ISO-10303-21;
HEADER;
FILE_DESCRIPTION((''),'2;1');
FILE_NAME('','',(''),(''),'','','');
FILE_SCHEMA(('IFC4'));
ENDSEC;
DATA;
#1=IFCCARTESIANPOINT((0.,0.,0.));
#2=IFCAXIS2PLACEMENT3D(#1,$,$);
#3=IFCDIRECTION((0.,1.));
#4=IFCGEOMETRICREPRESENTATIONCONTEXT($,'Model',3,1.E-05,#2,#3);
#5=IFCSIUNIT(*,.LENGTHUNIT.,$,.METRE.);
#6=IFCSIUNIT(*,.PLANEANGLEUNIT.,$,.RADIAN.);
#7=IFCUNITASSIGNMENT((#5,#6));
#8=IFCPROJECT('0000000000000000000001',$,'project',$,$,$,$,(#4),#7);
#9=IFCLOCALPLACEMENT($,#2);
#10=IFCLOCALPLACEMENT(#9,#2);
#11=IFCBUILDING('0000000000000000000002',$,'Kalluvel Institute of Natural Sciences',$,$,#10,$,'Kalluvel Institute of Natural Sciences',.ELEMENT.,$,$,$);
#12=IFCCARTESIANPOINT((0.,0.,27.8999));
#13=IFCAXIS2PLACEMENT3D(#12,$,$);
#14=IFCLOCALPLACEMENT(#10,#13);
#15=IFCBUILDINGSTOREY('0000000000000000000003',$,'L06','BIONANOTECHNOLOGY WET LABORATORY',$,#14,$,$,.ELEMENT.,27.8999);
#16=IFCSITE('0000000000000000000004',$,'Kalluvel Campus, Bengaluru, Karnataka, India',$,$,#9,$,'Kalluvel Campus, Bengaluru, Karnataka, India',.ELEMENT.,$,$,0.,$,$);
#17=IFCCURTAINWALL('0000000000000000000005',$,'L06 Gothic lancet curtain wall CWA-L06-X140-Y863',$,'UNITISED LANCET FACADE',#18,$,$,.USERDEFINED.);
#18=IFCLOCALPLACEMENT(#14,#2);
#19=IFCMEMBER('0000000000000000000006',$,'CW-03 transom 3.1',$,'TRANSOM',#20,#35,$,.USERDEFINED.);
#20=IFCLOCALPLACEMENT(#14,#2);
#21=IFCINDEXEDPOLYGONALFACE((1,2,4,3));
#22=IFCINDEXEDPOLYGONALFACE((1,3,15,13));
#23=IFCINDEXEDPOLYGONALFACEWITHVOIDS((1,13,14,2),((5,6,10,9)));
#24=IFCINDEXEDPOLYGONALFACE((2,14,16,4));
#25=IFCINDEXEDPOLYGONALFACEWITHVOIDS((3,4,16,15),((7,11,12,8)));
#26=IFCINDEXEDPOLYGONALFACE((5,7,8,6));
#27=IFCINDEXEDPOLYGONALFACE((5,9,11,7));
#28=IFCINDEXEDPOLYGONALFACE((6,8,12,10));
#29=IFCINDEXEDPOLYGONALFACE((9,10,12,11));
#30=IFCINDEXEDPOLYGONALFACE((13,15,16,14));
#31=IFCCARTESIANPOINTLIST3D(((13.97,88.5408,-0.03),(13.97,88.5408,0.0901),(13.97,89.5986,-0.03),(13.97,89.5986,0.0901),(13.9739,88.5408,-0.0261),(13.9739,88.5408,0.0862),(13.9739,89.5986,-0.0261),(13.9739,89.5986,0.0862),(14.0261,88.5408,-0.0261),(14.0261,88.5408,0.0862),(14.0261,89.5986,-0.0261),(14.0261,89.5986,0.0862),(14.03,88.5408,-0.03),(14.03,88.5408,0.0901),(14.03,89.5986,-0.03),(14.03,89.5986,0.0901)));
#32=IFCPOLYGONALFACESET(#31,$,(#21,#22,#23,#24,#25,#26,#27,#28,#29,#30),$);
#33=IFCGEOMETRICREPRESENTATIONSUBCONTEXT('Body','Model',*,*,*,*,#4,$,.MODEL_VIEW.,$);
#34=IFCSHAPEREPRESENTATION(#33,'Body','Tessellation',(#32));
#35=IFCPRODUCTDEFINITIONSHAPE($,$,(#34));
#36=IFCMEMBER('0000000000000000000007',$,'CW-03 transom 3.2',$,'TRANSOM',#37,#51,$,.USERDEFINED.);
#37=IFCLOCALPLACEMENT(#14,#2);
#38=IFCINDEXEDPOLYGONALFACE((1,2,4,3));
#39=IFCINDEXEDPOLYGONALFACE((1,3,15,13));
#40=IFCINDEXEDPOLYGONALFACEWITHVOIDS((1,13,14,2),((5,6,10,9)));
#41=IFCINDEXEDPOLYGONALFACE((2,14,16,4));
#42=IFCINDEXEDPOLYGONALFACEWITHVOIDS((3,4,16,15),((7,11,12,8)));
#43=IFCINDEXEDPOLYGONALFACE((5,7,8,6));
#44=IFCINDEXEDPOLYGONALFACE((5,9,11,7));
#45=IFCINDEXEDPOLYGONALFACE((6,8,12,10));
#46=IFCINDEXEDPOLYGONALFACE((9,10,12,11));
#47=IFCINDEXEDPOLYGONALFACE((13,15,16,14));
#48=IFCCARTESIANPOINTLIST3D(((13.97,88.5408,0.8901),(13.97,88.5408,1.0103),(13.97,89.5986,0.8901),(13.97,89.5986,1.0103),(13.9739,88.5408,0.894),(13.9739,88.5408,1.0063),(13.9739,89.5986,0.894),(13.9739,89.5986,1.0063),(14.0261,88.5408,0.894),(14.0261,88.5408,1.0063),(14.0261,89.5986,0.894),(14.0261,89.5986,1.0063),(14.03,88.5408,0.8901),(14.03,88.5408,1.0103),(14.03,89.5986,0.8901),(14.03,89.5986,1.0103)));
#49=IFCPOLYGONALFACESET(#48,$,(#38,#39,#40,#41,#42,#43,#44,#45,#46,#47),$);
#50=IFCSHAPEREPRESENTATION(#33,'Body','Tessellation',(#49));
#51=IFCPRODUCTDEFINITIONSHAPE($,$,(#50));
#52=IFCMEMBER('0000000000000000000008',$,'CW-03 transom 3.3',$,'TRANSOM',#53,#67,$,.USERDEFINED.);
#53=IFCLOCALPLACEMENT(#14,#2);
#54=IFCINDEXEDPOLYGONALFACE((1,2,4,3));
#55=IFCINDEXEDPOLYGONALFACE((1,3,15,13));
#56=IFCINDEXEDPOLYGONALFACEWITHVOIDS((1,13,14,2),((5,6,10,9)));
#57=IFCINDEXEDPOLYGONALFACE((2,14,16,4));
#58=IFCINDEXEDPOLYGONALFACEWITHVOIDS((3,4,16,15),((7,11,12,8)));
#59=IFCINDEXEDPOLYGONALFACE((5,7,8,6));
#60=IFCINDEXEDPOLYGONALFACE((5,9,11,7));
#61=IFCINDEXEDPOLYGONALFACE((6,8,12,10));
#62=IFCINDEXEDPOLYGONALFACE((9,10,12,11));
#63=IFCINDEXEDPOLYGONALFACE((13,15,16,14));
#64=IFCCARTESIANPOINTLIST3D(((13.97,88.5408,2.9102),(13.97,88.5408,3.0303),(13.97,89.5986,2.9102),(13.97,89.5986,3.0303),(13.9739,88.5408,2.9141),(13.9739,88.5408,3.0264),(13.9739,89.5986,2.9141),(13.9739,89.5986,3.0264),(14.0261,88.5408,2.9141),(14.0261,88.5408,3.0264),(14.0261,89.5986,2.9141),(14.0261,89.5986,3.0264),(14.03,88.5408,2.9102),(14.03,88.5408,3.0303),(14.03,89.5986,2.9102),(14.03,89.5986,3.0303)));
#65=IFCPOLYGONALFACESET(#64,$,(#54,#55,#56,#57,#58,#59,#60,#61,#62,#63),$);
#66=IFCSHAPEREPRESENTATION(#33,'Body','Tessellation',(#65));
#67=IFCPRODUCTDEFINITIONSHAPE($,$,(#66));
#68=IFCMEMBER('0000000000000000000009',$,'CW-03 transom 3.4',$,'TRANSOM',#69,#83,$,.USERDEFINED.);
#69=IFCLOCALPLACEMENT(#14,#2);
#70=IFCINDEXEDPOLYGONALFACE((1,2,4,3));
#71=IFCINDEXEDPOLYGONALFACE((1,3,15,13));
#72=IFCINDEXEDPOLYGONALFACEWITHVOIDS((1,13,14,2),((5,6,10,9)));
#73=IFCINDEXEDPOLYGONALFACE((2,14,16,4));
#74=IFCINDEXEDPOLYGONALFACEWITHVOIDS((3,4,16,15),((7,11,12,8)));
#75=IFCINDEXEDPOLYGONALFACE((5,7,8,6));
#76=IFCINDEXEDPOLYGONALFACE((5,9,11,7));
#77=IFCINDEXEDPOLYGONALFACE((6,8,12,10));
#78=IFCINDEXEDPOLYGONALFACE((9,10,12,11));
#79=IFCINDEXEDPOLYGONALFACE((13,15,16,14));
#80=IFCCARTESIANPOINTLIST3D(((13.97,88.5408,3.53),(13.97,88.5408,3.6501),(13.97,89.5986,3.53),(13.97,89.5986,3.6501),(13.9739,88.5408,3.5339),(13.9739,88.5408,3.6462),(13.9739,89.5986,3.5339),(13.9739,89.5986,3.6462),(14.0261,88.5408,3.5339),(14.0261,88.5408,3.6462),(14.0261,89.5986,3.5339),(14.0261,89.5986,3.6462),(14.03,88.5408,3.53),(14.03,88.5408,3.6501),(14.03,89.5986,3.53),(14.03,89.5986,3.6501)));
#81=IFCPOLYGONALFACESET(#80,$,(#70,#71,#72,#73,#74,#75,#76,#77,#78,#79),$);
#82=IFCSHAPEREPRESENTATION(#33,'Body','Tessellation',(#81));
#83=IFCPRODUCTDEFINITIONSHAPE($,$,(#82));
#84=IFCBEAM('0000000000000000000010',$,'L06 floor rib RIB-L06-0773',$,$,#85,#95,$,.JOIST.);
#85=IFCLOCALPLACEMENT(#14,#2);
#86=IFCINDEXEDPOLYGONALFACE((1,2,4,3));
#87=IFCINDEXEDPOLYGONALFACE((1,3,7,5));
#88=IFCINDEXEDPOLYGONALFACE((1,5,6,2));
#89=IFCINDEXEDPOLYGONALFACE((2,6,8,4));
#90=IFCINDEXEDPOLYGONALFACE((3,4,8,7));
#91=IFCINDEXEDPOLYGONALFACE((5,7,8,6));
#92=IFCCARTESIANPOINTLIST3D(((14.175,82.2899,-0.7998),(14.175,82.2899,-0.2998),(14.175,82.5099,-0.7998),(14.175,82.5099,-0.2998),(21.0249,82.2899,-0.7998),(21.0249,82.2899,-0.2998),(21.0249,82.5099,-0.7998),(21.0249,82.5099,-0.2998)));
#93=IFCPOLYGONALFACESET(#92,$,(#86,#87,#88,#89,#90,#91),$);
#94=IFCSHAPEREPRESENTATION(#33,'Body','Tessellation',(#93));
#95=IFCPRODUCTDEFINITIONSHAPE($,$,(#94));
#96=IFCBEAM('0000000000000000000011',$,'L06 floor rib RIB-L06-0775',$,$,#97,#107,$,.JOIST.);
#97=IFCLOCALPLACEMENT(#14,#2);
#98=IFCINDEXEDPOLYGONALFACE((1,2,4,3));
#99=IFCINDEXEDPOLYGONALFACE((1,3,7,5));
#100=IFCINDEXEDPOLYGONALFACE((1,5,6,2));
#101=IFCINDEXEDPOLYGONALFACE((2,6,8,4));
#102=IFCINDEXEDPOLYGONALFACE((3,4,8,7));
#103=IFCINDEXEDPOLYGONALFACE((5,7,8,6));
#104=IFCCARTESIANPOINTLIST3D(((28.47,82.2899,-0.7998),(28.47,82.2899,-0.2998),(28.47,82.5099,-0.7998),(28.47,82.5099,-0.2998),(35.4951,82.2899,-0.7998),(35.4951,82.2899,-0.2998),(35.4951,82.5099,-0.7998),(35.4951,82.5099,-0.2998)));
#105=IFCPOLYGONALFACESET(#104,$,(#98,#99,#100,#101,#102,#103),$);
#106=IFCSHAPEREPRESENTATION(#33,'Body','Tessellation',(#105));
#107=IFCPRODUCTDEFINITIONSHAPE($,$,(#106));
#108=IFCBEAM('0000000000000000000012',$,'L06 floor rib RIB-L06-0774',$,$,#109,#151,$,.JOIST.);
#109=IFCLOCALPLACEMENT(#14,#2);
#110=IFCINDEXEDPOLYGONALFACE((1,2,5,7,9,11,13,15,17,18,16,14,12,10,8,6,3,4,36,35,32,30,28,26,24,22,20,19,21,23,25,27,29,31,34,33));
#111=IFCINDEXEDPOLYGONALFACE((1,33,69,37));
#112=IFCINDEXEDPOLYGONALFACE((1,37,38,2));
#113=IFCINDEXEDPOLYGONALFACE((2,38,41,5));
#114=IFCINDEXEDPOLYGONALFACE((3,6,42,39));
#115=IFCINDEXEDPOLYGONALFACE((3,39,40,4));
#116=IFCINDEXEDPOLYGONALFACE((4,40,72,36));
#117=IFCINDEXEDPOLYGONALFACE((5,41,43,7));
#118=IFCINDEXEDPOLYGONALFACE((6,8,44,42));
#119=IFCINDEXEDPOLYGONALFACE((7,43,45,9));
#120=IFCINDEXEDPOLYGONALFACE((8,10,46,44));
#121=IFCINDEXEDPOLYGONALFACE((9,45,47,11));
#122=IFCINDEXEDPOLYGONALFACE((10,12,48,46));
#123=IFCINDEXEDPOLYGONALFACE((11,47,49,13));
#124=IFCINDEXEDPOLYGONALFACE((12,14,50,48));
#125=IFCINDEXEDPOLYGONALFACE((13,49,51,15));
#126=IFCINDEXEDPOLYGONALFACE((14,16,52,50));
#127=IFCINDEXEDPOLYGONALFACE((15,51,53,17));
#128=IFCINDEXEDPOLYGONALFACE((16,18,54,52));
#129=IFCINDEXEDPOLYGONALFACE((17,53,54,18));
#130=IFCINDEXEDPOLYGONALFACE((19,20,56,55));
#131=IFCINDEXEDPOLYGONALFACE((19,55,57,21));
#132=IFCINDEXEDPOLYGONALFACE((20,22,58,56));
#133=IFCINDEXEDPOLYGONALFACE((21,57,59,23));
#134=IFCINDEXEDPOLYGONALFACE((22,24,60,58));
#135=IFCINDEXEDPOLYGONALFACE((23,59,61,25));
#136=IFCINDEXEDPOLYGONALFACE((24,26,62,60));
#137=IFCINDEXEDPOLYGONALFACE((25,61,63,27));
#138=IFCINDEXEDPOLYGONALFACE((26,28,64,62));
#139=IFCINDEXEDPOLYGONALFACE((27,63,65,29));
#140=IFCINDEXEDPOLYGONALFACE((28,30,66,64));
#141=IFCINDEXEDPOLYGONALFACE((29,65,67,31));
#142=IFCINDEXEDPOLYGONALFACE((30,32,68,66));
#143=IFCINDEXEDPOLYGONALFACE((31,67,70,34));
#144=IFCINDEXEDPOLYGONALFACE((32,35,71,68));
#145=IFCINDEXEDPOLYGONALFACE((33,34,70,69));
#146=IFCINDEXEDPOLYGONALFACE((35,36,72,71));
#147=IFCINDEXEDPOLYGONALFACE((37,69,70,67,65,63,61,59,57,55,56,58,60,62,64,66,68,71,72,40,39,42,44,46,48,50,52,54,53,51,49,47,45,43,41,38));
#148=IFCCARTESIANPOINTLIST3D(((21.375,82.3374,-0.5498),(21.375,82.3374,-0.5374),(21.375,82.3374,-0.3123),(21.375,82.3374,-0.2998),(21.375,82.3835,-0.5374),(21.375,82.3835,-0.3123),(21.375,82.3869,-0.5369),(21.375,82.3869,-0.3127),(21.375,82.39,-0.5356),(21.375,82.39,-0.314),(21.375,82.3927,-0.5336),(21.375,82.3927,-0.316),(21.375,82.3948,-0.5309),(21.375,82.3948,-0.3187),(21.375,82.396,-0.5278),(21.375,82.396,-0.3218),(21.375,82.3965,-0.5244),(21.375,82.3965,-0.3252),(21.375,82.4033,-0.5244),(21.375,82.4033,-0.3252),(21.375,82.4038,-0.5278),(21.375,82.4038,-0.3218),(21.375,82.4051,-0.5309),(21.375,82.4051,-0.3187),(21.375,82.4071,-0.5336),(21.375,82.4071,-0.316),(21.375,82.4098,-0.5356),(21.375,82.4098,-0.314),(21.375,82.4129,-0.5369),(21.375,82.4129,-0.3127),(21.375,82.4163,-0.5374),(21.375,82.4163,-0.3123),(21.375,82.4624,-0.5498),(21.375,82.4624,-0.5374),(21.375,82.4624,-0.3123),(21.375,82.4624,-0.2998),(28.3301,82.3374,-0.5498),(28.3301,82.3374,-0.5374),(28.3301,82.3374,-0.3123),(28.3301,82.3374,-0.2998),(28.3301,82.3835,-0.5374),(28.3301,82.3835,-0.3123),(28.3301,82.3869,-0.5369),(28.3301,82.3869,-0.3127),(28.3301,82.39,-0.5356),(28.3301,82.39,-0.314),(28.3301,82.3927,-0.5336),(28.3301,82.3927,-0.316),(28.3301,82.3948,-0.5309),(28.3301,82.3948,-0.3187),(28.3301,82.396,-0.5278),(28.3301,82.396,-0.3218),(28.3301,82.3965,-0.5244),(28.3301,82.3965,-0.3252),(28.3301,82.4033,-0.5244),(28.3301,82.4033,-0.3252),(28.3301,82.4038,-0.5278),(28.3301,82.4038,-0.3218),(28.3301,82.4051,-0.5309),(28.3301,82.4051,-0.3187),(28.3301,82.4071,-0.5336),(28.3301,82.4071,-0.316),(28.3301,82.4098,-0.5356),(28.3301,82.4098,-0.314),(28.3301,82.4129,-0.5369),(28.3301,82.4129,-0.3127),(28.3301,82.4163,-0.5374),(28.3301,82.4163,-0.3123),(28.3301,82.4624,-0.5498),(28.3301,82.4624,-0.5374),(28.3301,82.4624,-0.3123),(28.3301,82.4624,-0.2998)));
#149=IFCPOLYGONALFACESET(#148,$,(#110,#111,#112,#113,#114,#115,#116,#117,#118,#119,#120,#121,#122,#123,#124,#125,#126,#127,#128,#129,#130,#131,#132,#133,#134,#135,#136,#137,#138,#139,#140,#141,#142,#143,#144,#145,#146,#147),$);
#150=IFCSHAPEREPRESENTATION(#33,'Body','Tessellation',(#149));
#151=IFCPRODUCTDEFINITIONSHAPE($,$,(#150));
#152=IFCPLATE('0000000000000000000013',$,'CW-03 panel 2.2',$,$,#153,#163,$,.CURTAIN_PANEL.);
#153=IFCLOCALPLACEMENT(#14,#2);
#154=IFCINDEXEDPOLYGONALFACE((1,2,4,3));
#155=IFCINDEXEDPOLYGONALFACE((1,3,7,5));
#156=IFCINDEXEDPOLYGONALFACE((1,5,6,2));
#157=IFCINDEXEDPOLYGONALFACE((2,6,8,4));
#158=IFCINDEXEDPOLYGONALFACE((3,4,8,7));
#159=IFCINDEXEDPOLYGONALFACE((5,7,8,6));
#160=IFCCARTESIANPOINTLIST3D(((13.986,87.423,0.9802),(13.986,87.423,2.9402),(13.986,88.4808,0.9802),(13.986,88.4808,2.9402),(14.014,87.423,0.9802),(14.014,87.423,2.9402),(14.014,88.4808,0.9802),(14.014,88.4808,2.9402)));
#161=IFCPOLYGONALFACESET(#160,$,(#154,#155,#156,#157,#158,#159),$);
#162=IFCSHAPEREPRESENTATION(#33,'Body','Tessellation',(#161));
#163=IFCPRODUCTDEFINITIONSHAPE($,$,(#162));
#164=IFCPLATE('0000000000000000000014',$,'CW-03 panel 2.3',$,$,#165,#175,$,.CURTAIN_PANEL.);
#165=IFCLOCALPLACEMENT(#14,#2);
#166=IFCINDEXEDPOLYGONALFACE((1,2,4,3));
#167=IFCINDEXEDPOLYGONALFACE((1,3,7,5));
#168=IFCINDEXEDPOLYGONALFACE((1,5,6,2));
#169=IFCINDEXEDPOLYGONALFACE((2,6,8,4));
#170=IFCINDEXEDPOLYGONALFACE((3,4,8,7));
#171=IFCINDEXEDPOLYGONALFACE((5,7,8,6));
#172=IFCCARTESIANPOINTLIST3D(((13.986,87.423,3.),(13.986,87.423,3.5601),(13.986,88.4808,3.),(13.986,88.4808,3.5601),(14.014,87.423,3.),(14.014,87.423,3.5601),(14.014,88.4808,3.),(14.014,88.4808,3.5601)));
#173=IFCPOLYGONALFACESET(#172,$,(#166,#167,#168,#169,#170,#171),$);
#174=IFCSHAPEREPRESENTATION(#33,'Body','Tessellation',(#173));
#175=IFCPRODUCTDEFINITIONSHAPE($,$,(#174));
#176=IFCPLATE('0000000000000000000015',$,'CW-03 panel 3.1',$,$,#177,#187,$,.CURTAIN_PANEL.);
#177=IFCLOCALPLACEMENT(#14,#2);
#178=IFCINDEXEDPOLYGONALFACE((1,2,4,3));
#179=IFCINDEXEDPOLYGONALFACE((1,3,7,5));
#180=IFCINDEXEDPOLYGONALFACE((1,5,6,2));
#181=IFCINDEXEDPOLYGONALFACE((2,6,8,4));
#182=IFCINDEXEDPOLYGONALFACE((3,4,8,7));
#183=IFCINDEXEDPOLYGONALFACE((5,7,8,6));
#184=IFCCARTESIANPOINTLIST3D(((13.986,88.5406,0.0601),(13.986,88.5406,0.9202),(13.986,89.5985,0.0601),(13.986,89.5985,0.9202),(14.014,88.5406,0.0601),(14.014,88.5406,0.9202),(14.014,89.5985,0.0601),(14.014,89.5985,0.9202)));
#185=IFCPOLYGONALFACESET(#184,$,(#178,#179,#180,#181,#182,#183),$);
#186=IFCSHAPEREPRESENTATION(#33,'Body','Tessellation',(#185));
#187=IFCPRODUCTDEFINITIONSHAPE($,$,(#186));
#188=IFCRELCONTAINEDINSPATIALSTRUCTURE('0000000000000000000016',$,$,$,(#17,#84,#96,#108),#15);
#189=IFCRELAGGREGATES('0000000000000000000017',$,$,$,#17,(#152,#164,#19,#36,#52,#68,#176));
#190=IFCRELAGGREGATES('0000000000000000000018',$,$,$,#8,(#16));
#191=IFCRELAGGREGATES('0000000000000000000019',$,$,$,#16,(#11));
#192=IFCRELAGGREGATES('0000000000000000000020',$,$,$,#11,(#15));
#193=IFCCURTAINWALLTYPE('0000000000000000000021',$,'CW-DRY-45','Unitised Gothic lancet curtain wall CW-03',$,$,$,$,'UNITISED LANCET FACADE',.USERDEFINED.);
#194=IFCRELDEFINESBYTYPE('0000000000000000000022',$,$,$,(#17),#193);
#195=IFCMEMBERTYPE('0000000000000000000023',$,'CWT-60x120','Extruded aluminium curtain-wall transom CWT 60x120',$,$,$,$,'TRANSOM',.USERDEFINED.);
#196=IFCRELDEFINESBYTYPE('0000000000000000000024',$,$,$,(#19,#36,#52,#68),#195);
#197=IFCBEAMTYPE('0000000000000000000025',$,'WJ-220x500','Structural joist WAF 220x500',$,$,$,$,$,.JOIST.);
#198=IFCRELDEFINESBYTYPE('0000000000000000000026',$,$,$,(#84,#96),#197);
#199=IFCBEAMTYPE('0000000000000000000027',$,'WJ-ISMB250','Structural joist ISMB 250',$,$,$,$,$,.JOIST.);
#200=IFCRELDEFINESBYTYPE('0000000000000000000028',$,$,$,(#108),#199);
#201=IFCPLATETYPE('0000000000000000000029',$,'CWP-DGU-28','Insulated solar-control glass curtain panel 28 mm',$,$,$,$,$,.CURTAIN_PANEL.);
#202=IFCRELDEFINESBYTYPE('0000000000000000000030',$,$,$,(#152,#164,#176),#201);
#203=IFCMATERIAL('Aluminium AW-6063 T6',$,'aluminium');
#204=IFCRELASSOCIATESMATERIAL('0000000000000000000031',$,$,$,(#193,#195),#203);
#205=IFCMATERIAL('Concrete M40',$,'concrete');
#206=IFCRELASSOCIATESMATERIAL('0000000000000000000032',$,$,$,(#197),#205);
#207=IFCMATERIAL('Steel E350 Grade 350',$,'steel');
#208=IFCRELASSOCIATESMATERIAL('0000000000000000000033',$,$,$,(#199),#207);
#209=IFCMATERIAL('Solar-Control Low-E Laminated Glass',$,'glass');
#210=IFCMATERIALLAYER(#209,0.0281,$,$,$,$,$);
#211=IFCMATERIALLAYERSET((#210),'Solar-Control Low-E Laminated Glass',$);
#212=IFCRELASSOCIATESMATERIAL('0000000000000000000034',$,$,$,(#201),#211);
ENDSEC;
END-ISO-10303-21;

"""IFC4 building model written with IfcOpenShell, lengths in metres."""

from ifc_helpers import new_model, si_unit, direction, frame, origin, origin_2d, place, context, subcontext, project, spatial, rectangle, hollow_rectangle, i_section, extrude, material, layer, layer_set, material_profile, profile_set, type_object, element, aggregate, save


model = new_model("IFC4")

# Units and contexts
model_context = context("Model", 3, precision=1e-05, world=origin(), true_north=direction((0.0, 1.0)))
body_context = subcontext(model_context, "Body", "Model", "MODEL_VIEW")
ifc_project = project(units=[si_unit("LENGTHUNIT", "METRE"), si_unit("PLANEANGLEUNIT", "RADIAN")], contexts=[model_context])

# Site, building, storey
site_placement = place(None, origin())
site = spatial("IfcSite", under=ifc_project, at=site_placement, Name="Kalluvel Campus, Bengaluru, Karnataka, India", LongName="Kalluvel Campus, Bengaluru, Karnataka, India", CompositionType="ELEMENT", RefElevation=0.0)
building_placement = place(site_placement, origin())
building = spatial("IfcBuilding", under=site, at=building_placement, Name="Kalluvel Institute of Natural Sciences", LongName="Kalluvel Institute of Natural Sciences", CompositionType="ELEMENT")
storey_placement = place(building_placement, frame((0.0, 0.0, 27.8999)))
storey = spatial("IfcBuildingStorey", under=building, at=storey_placement, Name="L06", Description="BIONANOTECHNOLOGY WET LABORATORY", CompositionType="ELEMENT", Elevation=27.8999)

# Shared definitions
ifc_material_1 = material(Name="Steel E350 Grade 350", Category="steel")
ifc_material_2 = material(Name="Concrete M40", Category="concrete")

# Curtain wall, members
ifc_material_3 = material(Name="Aluminium AW-6063 T6", Category="aluminium")
curtain_wall_type = type_object("IfcCurtainWallType", Name="CW-DRY-45", Description="Unitised Gothic lancet curtain wall CW-03", ElementType="UNITISED LANCET FACADE", PredefinedType="USERDEFINED", material=ifc_material_3)
curtain_wall_placement = place(storey_placement, origin())
curtain_wall = element("IfcCurtainWall", 1, at=curtain_wall_placement, inside=storey, type_object=curtain_wall_type, Name="L06 Gothic lancet curtain wall CWA-L06-X140-Y863", ObjectType="UNITISED LANCET FACADE", PredefinedType="USERDEFINED")
ifc_material_profile_1 = material_profile(ifc_material_3, hollow_rectangle(XDim=0.0601, YDim=0.1201, WallThickness=0.0039, at=origin_2d()), Name="CWT 60x120")
ifc_profile_set_1 = profile_set([ifc_material_profile_1], Name="Aluminium AW-6063 T6")
member_type_1 = type_object("IfcMemberType", Name="CWT-60x120", Description="Extruded aluminium curtain-wall transom CWT 60x120", ElementType="TRANSOM", PredefinedType="USERDEFINED", material=ifc_profile_set_1)
member_1_placement = place(storey_placement, frame((14.0, 88.5408, 0.03), z_axis=(0.0, 1.0, 0.0), x_axis=(-1.0, 0.0, 0.0)))
member_1 = element("IfcMember", 2, at=member_1_placement, type_object=member_type_1, Name="CW-03 transom 3.1", ObjectType="TRANSOM", PredefinedType="USERDEFINED", context=body_context, shape_type="SweptSolid", body=[
    extrude(hollow_rectangle(XDim=0.0601, YDim=0.1201, WallThickness=0.0039, at=origin_2d()), origin(), (0.0, 0.0, 1.0), 1.0579),
])
member_2_placement = place(storey_placement, frame((14.0, 88.5408, 0.9502), z_axis=(0.0, 1.0, 0.0), x_axis=(-1.0, 0.0, 0.0)))
member_2 = element("IfcMember", 3, at=member_2_placement, type_object=member_type_1, Name="CW-03 transom 3.2", ObjectType="TRANSOM", PredefinedType="USERDEFINED", context=body_context, shape_type="SweptSolid", body=[
    extrude(hollow_rectangle(XDim=0.0601, YDim=0.1201, WallThickness=0.0039, at=origin_2d()), origin(), (0.0, 0.0, 1.0), 1.0579),
])
member_3_placement = place(storey_placement, frame((14.0, 88.5408, 2.9702), z_axis=(0.0, 1.0, 0.0), x_axis=(-1.0, 0.0, 0.0)))
member_3 = element("IfcMember", 4, at=member_3_placement, type_object=member_type_1, Name="CW-03 transom 3.3", ObjectType="TRANSOM", PredefinedType="USERDEFINED", context=body_context, shape_type="SweptSolid", body=[
    extrude(hollow_rectangle(XDim=0.0601, YDim=0.1201, WallThickness=0.0039, at=origin_2d()), origin(), (0.0, 0.0, 1.0), 1.0579),
])
member_4_placement = place(storey_placement, frame((14.0, 88.5408, 3.5901), z_axis=(0.0, 1.0, 0.0), x_axis=(-1.0, 0.0, 0.0)))
member_4 = element("IfcMember", 5, at=member_4_placement, type_object=member_type_1, Name="CW-03 transom 3.4", ObjectType="TRANSOM", PredefinedType="USERDEFINED", context=body_context, shape_type="SweptSolid", body=[
    extrude(hollow_rectangle(XDim=0.0601, YDim=0.1201, WallThickness=0.0039, at=origin_2d()), origin(), (0.0, 0.0, 1.0), 1.0579),
])

# Beams
ifc_material_profile_2 = material_profile(ifc_material_2, rectangle(XDim=0.22, YDim=0.5, at=origin_2d()), Name="WAF 220x500")
ifc_profile_set_2 = profile_set([ifc_material_profile_2], Name="Concrete M40")
beam_type_1 = type_object("IfcBeamType", Name="WJ-220x500", Description="Structural joist WAF 220x500", PredefinedType="JOIST", material=ifc_profile_set_2)
beam_1_placement = place(storey_placement, frame((14.175, 82.3999, -0.5498), z_axis=(1.0, 0.0, 0.0), x_axis=(0.0, 1.0, 0.0)))
element("IfcBeam", 6, at=beam_1_placement, inside=storey, type_object=beam_type_1, Name="L06 floor rib RIB-L06-0773", PredefinedType="JOIST", context=body_context, shape_type="SweptSolid", body=[
    extrude(rectangle(XDim=0.22, YDim=0.5, at=origin_2d()), origin(), (0.0, 0.0, 1.0), 6.8499),
])
beam_2_placement = place(storey_placement, frame((28.47, 82.3999, -0.5498), z_axis=(1.0, 0.0, 0.0), x_axis=(0.0, 1.0, 0.0)))
element("IfcBeam", 7, at=beam_2_placement, inside=storey, type_object=beam_type_1, Name="L06 floor rib RIB-L06-0775", PredefinedType="JOIST", context=body_context, shape_type="SweptSolid", body=[
    extrude(rectangle(XDim=0.22, YDim=0.5, at=origin_2d()), origin(), (0.0, 0.0, 1.0), 7.0251),
])
ifc_material_profile_3 = material_profile(ifc_material_1, i_section(OverallWidth=0.125, OverallDepth=0.25, WebThickness=0.0068, FlangeThickness=0.0125, FilletRadius=0.0129, at=origin_2d()), Name="ISMB 250")
ifc_profile_set_3 = profile_set([ifc_material_profile_3], Name="Steel E350 Grade 350")
beam_type_2 = type_object("IfcBeamType", Name="WJ-ISMB250", Description="Structural joist ISMB 250", PredefinedType="JOIST", material=ifc_profile_set_3)
beam_3_placement = place(storey_placement, frame((21.375, 82.3999, -0.4248), z_axis=(1.0, 0.0, 0.0), x_axis=(0.0, 1.0, 0.0)))
element("IfcBeam", 8, at=beam_3_placement, inside=storey, type_object=beam_type_2, Name="L06 floor rib RIB-L06-0774", PredefinedType="JOIST", context=body_context, shape_type="SweptSolid", body=[
    extrude(i_section(OverallWidth=0.125, OverallDepth=0.25, WebThickness=0.0068, FlangeThickness=0.0125, FilletRadius=0.0129, at=origin_2d()), origin(), (0.0, 0.0, 1.0), 6.9551),
])

# Plates
ifc_material_4 = material(Name="Solar-Control Low-E Laminated Glass", Category="glass")
ifc_layer_1 = layer(ifc_material_4, 0.0281)
ifc_layer_set_1 = layer_set([ifc_layer_1], Name="Solar-Control Low-E Laminated Glass")
plate_type = type_object("IfcPlateType", Name="CWP-DGU-28", Description="Insulated solar-control glass curtain panel 28 mm", PredefinedType="CURTAIN_PANEL", material=ifc_layer_set_1)
plate_1_placement = place(storey_placement, frame((14.0, 87.9519, 0.9802), z_axis=(0.0, 0.0, 1.0), x_axis=(0.0, 1.0, 0.0)))
plate_1 = element("IfcPlate", 9, at=plate_1_placement, type_object=plate_type, Name="CW-03 panel 2.2", PredefinedType="CURTAIN_PANEL", context=body_context, shape_type="SweptSolid", body=[
    extrude(rectangle(XDim=1.0579, YDim=0.0281, at=origin_2d()), origin(), (0.0, 0.0, 1.0), 1.96),
])
plate_2_placement = place(storey_placement, frame((14.0, 87.9519, 3.0), z_axis=(0.0, 0.0, 1.0), x_axis=(0.0, 1.0, 0.0)))
plate_2 = element("IfcPlate", 10, at=plate_2_placement, type_object=plate_type, Name="CW-03 panel 2.3", PredefinedType="CURTAIN_PANEL", context=body_context, shape_type="SweptSolid", body=[
    extrude(rectangle(XDim=1.0579, YDim=0.0281, at=origin_2d()), origin(), (0.0, 0.0, 1.0), 0.5601),
])
plate_3_placement = place(storey_placement, frame((14.0, 89.0696, 0.0601), z_axis=(0.0, 0.0, 1.0), x_axis=(0.0, 1.0, 0.0)))
plate_3 = element("IfcPlate", 11, at=plate_3_placement, type_object=plate_type, Name="CW-03 panel 3.1", PredefinedType="CURTAIN_PANEL", context=body_context, shape_type="SweptSolid", body=[
    extrude(rectangle(XDim=1.0579, YDim=0.0281, at=origin_2d()), origin(), (0.0, 0.0, 1.0), 0.8601),
])
aggregate(curtain_wall, [plate_1, plate_2, member_1, member_2, member_3, member_4, plate_3])

save(model, "model.ifc")
